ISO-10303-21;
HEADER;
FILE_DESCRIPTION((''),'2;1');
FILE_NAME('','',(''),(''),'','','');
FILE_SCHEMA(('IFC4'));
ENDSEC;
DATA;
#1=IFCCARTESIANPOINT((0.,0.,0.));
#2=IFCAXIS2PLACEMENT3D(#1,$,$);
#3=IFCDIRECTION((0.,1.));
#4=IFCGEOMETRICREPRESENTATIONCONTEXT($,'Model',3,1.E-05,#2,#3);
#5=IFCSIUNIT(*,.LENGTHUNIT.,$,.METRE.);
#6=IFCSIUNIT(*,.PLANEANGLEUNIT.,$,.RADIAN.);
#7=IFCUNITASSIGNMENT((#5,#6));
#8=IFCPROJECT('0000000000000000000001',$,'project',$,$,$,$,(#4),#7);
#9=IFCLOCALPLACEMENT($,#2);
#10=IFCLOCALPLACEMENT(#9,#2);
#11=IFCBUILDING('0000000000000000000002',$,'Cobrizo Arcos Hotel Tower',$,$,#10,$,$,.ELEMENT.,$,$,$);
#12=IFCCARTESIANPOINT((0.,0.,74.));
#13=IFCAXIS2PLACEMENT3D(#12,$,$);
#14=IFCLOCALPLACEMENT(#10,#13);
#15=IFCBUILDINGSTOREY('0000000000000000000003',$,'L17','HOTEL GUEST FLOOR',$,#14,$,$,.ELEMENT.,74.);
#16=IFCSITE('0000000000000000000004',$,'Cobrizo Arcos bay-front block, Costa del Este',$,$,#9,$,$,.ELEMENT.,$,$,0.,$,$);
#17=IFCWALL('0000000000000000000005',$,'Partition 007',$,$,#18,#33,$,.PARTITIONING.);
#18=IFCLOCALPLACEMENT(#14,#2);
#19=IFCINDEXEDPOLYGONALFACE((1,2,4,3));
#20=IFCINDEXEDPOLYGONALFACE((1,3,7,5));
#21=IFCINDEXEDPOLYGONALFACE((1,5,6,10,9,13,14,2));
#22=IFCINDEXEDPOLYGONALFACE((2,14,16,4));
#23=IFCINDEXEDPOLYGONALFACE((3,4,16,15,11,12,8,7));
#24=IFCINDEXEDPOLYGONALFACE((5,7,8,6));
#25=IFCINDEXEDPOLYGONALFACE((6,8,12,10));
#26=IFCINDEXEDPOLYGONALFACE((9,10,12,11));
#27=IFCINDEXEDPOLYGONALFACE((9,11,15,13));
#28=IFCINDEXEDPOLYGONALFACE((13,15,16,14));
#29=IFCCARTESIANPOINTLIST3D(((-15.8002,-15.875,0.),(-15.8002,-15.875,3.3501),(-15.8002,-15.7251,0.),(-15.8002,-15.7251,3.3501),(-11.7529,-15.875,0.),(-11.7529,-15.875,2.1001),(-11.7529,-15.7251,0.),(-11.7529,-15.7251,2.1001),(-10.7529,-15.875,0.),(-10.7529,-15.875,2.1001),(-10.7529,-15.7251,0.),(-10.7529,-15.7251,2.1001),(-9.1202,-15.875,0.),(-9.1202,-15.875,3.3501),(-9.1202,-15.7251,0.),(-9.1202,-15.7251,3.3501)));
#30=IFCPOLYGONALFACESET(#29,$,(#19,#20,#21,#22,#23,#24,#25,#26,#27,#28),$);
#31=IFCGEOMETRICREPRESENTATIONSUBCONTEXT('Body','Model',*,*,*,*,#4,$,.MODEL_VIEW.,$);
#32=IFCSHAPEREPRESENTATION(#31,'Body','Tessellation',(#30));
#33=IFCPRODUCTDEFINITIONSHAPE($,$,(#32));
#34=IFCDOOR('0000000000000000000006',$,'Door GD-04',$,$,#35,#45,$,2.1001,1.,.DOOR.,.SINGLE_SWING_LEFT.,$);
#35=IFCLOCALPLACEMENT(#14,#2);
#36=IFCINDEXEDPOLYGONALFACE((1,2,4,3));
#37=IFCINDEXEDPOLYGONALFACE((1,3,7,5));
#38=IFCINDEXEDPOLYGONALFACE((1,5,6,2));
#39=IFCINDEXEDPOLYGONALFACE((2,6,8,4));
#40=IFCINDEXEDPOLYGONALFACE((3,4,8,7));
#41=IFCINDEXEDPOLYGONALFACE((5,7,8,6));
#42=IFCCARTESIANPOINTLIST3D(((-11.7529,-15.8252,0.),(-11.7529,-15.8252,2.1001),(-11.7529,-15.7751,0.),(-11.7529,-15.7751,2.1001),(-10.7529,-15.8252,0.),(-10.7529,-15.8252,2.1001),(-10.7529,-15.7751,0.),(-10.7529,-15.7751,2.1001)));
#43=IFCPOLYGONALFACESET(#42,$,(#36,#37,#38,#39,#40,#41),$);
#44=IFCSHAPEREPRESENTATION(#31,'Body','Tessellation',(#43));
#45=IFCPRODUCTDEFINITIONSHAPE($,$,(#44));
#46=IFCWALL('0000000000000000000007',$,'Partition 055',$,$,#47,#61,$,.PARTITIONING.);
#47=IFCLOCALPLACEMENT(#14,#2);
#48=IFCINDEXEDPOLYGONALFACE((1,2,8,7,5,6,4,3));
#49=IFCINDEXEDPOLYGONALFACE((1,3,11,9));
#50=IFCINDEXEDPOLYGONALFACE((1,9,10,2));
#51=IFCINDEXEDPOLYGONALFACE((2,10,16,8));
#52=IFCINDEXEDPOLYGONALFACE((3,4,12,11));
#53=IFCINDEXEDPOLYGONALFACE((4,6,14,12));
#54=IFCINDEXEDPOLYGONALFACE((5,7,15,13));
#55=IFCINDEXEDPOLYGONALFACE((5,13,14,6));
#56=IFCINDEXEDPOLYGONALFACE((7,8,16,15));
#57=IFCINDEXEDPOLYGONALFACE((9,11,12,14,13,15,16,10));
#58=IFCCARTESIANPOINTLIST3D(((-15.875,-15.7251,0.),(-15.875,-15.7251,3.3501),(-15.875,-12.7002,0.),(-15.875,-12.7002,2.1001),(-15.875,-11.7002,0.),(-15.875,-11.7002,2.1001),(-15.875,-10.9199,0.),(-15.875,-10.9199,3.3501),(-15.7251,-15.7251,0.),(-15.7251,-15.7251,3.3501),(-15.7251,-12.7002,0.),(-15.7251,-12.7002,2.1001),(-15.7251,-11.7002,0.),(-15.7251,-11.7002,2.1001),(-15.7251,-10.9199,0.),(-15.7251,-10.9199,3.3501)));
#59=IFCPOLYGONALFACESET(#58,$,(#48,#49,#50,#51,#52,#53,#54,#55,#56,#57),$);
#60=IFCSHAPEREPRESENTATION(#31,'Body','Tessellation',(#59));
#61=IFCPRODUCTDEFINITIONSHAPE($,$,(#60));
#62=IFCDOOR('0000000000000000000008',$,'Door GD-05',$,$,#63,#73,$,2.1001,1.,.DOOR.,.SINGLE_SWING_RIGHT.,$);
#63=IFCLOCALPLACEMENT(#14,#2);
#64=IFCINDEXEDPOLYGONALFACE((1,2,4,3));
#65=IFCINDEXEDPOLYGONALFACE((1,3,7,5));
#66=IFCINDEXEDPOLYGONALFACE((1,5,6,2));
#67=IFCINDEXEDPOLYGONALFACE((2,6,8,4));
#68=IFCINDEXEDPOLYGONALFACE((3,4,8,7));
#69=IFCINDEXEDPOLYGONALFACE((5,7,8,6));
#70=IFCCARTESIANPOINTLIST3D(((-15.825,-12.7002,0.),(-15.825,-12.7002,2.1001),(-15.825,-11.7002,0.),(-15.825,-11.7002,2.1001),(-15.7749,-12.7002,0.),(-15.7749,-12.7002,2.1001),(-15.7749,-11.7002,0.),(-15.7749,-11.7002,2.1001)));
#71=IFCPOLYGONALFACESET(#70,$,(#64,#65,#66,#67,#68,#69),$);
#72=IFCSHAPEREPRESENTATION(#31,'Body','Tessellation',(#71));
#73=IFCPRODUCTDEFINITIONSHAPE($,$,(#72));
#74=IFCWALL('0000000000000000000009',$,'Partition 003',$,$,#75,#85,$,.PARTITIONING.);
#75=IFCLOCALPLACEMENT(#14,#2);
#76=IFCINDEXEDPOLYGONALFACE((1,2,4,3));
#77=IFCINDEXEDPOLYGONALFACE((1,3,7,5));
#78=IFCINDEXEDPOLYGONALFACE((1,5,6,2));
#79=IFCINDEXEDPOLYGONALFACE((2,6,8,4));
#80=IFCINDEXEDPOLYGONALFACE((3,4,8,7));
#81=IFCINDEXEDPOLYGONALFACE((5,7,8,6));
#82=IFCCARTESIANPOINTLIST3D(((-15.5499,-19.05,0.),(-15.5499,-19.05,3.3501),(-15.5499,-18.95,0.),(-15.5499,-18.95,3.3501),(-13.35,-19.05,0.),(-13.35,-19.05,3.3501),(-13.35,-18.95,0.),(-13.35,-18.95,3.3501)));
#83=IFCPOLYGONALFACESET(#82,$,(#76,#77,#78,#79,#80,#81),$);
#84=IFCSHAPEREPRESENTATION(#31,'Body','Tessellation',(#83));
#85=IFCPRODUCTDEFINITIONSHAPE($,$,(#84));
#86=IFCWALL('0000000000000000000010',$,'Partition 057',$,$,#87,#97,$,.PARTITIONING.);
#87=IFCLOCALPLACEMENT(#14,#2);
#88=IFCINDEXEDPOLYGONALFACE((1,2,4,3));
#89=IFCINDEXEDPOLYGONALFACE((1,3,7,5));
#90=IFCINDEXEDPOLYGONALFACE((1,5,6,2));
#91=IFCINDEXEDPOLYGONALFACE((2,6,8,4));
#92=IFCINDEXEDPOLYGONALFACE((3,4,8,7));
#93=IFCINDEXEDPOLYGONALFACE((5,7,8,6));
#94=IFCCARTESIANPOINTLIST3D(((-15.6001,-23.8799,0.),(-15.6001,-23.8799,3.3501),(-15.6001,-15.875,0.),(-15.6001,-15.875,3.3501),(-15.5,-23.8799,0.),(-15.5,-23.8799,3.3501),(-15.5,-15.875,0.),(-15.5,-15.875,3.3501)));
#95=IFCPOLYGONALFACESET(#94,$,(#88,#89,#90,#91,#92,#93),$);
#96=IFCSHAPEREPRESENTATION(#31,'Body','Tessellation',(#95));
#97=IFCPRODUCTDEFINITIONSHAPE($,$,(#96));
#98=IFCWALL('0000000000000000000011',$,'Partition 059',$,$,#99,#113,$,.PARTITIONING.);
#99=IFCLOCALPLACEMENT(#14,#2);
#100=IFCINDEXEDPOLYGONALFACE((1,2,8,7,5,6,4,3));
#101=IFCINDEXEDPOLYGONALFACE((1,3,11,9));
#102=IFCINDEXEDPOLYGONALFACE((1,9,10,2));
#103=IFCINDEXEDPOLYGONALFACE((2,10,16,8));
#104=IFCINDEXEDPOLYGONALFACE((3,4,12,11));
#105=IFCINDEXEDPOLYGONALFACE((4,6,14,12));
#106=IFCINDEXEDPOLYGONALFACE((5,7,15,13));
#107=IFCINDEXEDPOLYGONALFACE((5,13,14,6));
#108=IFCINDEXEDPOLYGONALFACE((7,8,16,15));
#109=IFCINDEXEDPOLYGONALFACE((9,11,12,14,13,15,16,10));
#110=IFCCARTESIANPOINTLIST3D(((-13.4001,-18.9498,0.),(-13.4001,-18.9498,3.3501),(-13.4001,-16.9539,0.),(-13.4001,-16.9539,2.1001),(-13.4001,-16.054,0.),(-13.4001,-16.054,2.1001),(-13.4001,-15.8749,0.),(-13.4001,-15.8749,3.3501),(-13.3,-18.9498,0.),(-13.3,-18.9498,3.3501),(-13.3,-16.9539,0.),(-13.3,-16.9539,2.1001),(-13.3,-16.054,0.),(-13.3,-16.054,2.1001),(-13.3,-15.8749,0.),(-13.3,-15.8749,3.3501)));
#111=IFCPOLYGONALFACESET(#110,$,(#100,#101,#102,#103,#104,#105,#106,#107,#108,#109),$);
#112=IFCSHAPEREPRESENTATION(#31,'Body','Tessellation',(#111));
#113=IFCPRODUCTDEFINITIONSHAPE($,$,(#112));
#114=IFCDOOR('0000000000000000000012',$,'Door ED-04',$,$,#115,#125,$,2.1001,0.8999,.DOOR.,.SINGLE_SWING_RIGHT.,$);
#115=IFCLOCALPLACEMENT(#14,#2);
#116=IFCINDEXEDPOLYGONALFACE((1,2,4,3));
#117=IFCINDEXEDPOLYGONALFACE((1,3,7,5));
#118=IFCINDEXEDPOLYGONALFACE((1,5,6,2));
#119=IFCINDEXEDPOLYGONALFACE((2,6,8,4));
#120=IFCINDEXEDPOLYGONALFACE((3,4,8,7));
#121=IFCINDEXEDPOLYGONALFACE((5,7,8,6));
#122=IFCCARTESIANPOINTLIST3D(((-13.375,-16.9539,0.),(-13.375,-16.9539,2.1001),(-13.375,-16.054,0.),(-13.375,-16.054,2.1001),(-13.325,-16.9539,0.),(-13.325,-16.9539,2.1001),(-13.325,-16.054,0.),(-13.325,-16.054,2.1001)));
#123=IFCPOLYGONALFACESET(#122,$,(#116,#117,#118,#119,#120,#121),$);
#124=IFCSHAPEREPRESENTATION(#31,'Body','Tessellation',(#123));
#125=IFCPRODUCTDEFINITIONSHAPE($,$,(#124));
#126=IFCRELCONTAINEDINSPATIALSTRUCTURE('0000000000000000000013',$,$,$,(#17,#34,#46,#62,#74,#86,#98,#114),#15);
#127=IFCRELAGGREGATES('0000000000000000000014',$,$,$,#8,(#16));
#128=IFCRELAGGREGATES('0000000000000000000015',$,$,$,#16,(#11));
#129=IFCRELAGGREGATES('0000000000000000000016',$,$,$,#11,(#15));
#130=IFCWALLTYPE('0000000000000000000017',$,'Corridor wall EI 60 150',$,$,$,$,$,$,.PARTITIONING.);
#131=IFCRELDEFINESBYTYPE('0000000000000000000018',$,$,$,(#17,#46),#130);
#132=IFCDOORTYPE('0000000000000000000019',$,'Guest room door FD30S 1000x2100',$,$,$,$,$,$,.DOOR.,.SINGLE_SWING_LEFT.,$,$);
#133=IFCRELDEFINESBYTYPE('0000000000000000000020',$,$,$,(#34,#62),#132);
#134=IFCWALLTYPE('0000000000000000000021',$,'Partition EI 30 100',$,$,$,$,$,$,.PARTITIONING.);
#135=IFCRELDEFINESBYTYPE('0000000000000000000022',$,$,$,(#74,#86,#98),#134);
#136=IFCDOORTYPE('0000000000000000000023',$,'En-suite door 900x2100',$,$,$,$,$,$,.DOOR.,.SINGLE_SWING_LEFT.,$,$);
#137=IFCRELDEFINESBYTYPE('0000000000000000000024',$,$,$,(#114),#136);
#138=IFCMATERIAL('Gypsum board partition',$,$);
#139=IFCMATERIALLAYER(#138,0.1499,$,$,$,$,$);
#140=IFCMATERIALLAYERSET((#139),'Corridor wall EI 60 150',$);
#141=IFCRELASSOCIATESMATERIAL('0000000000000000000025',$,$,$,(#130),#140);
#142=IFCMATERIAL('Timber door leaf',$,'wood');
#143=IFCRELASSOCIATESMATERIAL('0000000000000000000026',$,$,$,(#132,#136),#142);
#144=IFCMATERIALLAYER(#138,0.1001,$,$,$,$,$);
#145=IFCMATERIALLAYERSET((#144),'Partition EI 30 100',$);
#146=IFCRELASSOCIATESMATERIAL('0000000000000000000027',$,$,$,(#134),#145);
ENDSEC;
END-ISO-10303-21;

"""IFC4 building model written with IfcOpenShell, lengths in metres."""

from ifc_helpers import new_model, si_unit, direction, frame, frame_2d, origin, place, context, subcontext, project, spatial, rectangle, extrude, material, layer, layer_set, type_object, element, fill, save


model = new_model("IFC4")

# Units and contexts
model_context = context("Model", 3, precision=1e-05, world=origin(), true_north=direction((0.0, 1.0)))
body_context = subcontext(model_context, "Body", "Model", "MODEL_VIEW")
ifc_project = project(units=[si_unit("LENGTHUNIT", "METRE"), si_unit("PLANEANGLEUNIT", "RADIAN")], contexts=[model_context])

# Site, building, storey
site_placement = place(None, origin())
site = spatial("IfcSite", under=ifc_project, at=site_placement, Name="Cobrizo Arcos bay-front block, Costa del Este", CompositionType="ELEMENT", RefElevation=0.0)
building_placement = place(site_placement, origin())
building = spatial("IfcBuilding", under=site, at=building_placement, Name="Cobrizo Arcos Hotel Tower", CompositionType="ELEMENT")
storey_placement = place(building_placement, frame((0.0, 0.0, 74.0)))
storey = spatial("IfcBuildingStorey", under=building, at=storey_placement, Name="L17", Description="HOTEL GUEST FLOOR", CompositionType="ELEMENT", Elevation=74.0)

# Walls, openings, doors
ifc_material_1 = material(Name="Gypsum board partition")
ifc_layer_1 = layer(ifc_material_1, 0.1499)
ifc_layer_set_1 = layer_set([ifc_layer_1], Name="Corridor wall EI 60 150")
wall_type_1 = type_object("IfcWallType", Name="Corridor wall EI 60 150", PredefinedType="PARTITIONING", material=ifc_layer_set_1)
wall_1_placement = place(storey_placement, frame((-15.8, -15.8, 0.0), z_axis=(0.0, 0.0, 1.0), x_axis=(1.0, 0.0, 0.0)))
wall_1 = element("IfcWall", 1, at=wall_1_placement, inside=storey, type_object=wall_type_1, Name="Partition 007", PredefinedType="PARTITIONING", context=body_context, shape_type="SweptSolid", body=[
    extrude(rectangle(XDim=6.6799, YDim=0.1499, at=frame_2d((3.3398, 0.0))), origin(), (0.0, 0.0, 1.0), 3.3501),
])
opening_1_placement = place(wall_1_placement, frame((4.0471, 0.0, 0.0)))
opening_1 = element("IfcOpeningElement", 2, at=opening_1_placement, cuts=wall_1, PredefinedType="OPENING", context=body_context, shape_type="SweptSolid", body=[
    extrude(rectangle(XDim=1.0, YDim=2.1001, at=frame_2d((0.5, 1.05))), frame((0.0, 0.0869, 0.0), z_axis=(0.0, -1.0, 0.0), x_axis=(1.0, 0.0, 0.0)), (0.0, 0.0, 1.0), 0.1738),
])
ifc_material_2 = material(Name="Timber door leaf", Category="wood")
door_type_1 = type_object("IfcDoorType", Name="Guest room door FD30S 1000x2100", OperationType="SINGLE_SWING_LEFT", PredefinedType="DOOR", material=ifc_material_2)
door_1_placement = place(opening_1_placement, origin())
door_1 = element("IfcDoor", 3, at=door_1_placement, inside=storey, type_object=door_type_1, Name="Door GD-04", OperationType="SINGLE_SWING_LEFT", OverallHeight=2.1001, OverallWidth=1.0, PredefinedType="DOOR", context=body_context, shape_type="SweptSolid", body=[
    extrude(rectangle(XDim=1.0, YDim=2.1001, at=frame_2d((0.5, 1.05))), frame((0.0, 0.0249, 0.0), z_axis=(0.0, -1.0, 0.0), x_axis=(1.0, 0.0, 0.0)), (0.0, 0.0, 1.0), 0.05),
])
fill(opening_1, door_1)
wall_2_placement = place(storey_placement, frame((-15.8, -15.7251, 0.0), z_axis=(0.0, 0.0, 1.0), x_axis=(0.0, 1.0, 0.0)))
wall_2 = element("IfcWall", 4, at=wall_2_placement, inside=storey, type_object=wall_type_1, Name="Partition 055", PredefinedType="PARTITIONING", context=body_context, shape_type="SweptSolid", body=[
    extrude(rectangle(XDim=4.8052, YDim=0.1499, at=frame_2d((2.4026, 0.0))), origin(), (0.0, 0.0, 1.0), 3.3501),
])
opening_2_placement = place(wall_2_placement, frame((3.0249, 0.0, 0.0)))
opening_2 = element("IfcOpeningElement", 5, at=opening_2_placement, cuts=wall_2, PredefinedType="OPENING", context=body_context, shape_type="SweptSolid", body=[
    extrude(rectangle(XDim=1.0, YDim=2.1001, at=frame_2d((0.5, 1.05))), frame((0.0, 0.0869, 0.0), z_axis=(0.0, -1.0, 0.0), x_axis=(1.0, 0.0, 0.0)), (0.0, 0.0, 1.0), 0.1738),
])
door_2_placement = place(opening_2_placement, origin())
door_2 = element("IfcDoor", 6, at=door_2_placement, inside=storey, type_object=door_type_1, Name="Door GD-05", OperationType="SINGLE_SWING_RIGHT", OverallHeight=2.1001, OverallWidth=1.0, PredefinedType="DOOR", context=body_context, shape_type="SweptSolid", body=[
    extrude(rectangle(XDim=1.0, YDim=2.1001, at=frame_2d((0.5, 1.05))), frame((0.0, 0.0249, 0.0), z_axis=(0.0, -1.0, 0.0), x_axis=(1.0, 0.0, 0.0)), (0.0, 0.0, 1.0), 0.05),
])
fill(opening_2, door_2)

# Walls
ifc_layer_2 = layer(ifc_material_1, 0.1001)
ifc_layer_set_2 = layer_set([ifc_layer_2], Name="Partition EI 30 100")
wall_type_2 = type_object("IfcWallType", Name="Partition EI 30 100", PredefinedType="PARTITIONING", material=ifc_layer_set_2)
wall_3_placement = place(storey_placement, frame((-15.55, -19.0, 0.0), z_axis=(0.0, 0.0, 1.0), x_axis=(1.0, 0.0, 0.0)))
element("IfcWall", 7, at=wall_3_placement, inside=storey, type_object=wall_type_2, Name="Partition 003", PredefinedType="PARTITIONING", context=body_context, shape_type="SweptSolid", body=[
    extrude(rectangle(XDim=2.2, YDim=0.1001, at=frame_2d((1.1001, 0.0))), origin(), (0.0, 0.0, 1.0), 3.3501),
])
wall_4_placement = place(storey_placement, frame((-15.55, -23.8799, 0.0), z_axis=(0.0, 0.0, 1.0), x_axis=(0.0, 1.0, 0.0)))
element("IfcWall", 8, at=wall_4_placement, inside=storey, type_object=wall_type_2, Name="Partition 057", PredefinedType="PARTITIONING", context=body_context, shape_type="SweptSolid", body=[
    extrude(rectangle(XDim=8.0049, YDim=0.1001, at=frame_2d((4.0024, 0.0))), origin(), (0.0, 0.0, 1.0), 3.3501),
])

# Wall, opening, door
wall_5_placement = place(storey_placement, frame((-13.3501, -18.95, 0.0), z_axis=(0.0, 0.0, 1.0), x_axis=(0.0, 1.0, 0.0)))
wall_5 = element("IfcWall", 9, at=wall_5_placement, inside=storey, type_object=wall_type_2, Name="Partition 059", PredefinedType="PARTITIONING", context=body_context, shape_type="SweptSolid", body=[
    extrude(rectangle(XDim=3.075, YDim=0.1001, at=frame_2d((1.5376, 0.0))), origin(), (0.0, 0.0, 1.0), 3.3501),
])
opening_3_placement = place(wall_5_placement, frame((1.9961, 0.0, 0.0)))
opening_3 = element("IfcOpeningElement", 10, at=opening_3_placement, cuts=wall_5, PredefinedType="OPENING", context=body_context, shape_type="SweptSolid", body=[
    extrude(rectangle(XDim=0.8999, YDim=2.1001, at=frame_2d((0.45, 1.05))), frame((0.0, 0.062, 0.0), z_axis=(0.0, -1.0, 0.0), x_axis=(1.0, 0.0, 0.0)), (0.0, 0.0, 1.0), 0.124),
])
door_type_2 = type_object("IfcDoorType", Name="En-suite door 900x2100", OperationType="SINGLE_SWING_LEFT", PredefinedType="DOOR", material=ifc_material_2)
door_3_placement = place(opening_3_placement, origin())
door_3 = element("IfcDoor", 11, at=door_3_placement, inside=storey, type_object=door_type_2, Name="Door ED-04", OperationType="SINGLE_SWING_RIGHT", OverallHeight=2.1001, OverallWidth=0.8999, PredefinedType="DOOR", context=body_context, shape_type="SweptSolid", body=[
    extrude(rectangle(XDim=0.8999, YDim=2.1001, at=frame_2d((0.45, 1.05))), frame((0.0, 0.0249, 0.0), z_axis=(0.0, -1.0, 0.0), x_axis=(1.0, 0.0, 0.0)), (0.0, 0.0, 1.0), 0.05),
])
fill(opening_3, door_3)

save(model, "model.ifc")
